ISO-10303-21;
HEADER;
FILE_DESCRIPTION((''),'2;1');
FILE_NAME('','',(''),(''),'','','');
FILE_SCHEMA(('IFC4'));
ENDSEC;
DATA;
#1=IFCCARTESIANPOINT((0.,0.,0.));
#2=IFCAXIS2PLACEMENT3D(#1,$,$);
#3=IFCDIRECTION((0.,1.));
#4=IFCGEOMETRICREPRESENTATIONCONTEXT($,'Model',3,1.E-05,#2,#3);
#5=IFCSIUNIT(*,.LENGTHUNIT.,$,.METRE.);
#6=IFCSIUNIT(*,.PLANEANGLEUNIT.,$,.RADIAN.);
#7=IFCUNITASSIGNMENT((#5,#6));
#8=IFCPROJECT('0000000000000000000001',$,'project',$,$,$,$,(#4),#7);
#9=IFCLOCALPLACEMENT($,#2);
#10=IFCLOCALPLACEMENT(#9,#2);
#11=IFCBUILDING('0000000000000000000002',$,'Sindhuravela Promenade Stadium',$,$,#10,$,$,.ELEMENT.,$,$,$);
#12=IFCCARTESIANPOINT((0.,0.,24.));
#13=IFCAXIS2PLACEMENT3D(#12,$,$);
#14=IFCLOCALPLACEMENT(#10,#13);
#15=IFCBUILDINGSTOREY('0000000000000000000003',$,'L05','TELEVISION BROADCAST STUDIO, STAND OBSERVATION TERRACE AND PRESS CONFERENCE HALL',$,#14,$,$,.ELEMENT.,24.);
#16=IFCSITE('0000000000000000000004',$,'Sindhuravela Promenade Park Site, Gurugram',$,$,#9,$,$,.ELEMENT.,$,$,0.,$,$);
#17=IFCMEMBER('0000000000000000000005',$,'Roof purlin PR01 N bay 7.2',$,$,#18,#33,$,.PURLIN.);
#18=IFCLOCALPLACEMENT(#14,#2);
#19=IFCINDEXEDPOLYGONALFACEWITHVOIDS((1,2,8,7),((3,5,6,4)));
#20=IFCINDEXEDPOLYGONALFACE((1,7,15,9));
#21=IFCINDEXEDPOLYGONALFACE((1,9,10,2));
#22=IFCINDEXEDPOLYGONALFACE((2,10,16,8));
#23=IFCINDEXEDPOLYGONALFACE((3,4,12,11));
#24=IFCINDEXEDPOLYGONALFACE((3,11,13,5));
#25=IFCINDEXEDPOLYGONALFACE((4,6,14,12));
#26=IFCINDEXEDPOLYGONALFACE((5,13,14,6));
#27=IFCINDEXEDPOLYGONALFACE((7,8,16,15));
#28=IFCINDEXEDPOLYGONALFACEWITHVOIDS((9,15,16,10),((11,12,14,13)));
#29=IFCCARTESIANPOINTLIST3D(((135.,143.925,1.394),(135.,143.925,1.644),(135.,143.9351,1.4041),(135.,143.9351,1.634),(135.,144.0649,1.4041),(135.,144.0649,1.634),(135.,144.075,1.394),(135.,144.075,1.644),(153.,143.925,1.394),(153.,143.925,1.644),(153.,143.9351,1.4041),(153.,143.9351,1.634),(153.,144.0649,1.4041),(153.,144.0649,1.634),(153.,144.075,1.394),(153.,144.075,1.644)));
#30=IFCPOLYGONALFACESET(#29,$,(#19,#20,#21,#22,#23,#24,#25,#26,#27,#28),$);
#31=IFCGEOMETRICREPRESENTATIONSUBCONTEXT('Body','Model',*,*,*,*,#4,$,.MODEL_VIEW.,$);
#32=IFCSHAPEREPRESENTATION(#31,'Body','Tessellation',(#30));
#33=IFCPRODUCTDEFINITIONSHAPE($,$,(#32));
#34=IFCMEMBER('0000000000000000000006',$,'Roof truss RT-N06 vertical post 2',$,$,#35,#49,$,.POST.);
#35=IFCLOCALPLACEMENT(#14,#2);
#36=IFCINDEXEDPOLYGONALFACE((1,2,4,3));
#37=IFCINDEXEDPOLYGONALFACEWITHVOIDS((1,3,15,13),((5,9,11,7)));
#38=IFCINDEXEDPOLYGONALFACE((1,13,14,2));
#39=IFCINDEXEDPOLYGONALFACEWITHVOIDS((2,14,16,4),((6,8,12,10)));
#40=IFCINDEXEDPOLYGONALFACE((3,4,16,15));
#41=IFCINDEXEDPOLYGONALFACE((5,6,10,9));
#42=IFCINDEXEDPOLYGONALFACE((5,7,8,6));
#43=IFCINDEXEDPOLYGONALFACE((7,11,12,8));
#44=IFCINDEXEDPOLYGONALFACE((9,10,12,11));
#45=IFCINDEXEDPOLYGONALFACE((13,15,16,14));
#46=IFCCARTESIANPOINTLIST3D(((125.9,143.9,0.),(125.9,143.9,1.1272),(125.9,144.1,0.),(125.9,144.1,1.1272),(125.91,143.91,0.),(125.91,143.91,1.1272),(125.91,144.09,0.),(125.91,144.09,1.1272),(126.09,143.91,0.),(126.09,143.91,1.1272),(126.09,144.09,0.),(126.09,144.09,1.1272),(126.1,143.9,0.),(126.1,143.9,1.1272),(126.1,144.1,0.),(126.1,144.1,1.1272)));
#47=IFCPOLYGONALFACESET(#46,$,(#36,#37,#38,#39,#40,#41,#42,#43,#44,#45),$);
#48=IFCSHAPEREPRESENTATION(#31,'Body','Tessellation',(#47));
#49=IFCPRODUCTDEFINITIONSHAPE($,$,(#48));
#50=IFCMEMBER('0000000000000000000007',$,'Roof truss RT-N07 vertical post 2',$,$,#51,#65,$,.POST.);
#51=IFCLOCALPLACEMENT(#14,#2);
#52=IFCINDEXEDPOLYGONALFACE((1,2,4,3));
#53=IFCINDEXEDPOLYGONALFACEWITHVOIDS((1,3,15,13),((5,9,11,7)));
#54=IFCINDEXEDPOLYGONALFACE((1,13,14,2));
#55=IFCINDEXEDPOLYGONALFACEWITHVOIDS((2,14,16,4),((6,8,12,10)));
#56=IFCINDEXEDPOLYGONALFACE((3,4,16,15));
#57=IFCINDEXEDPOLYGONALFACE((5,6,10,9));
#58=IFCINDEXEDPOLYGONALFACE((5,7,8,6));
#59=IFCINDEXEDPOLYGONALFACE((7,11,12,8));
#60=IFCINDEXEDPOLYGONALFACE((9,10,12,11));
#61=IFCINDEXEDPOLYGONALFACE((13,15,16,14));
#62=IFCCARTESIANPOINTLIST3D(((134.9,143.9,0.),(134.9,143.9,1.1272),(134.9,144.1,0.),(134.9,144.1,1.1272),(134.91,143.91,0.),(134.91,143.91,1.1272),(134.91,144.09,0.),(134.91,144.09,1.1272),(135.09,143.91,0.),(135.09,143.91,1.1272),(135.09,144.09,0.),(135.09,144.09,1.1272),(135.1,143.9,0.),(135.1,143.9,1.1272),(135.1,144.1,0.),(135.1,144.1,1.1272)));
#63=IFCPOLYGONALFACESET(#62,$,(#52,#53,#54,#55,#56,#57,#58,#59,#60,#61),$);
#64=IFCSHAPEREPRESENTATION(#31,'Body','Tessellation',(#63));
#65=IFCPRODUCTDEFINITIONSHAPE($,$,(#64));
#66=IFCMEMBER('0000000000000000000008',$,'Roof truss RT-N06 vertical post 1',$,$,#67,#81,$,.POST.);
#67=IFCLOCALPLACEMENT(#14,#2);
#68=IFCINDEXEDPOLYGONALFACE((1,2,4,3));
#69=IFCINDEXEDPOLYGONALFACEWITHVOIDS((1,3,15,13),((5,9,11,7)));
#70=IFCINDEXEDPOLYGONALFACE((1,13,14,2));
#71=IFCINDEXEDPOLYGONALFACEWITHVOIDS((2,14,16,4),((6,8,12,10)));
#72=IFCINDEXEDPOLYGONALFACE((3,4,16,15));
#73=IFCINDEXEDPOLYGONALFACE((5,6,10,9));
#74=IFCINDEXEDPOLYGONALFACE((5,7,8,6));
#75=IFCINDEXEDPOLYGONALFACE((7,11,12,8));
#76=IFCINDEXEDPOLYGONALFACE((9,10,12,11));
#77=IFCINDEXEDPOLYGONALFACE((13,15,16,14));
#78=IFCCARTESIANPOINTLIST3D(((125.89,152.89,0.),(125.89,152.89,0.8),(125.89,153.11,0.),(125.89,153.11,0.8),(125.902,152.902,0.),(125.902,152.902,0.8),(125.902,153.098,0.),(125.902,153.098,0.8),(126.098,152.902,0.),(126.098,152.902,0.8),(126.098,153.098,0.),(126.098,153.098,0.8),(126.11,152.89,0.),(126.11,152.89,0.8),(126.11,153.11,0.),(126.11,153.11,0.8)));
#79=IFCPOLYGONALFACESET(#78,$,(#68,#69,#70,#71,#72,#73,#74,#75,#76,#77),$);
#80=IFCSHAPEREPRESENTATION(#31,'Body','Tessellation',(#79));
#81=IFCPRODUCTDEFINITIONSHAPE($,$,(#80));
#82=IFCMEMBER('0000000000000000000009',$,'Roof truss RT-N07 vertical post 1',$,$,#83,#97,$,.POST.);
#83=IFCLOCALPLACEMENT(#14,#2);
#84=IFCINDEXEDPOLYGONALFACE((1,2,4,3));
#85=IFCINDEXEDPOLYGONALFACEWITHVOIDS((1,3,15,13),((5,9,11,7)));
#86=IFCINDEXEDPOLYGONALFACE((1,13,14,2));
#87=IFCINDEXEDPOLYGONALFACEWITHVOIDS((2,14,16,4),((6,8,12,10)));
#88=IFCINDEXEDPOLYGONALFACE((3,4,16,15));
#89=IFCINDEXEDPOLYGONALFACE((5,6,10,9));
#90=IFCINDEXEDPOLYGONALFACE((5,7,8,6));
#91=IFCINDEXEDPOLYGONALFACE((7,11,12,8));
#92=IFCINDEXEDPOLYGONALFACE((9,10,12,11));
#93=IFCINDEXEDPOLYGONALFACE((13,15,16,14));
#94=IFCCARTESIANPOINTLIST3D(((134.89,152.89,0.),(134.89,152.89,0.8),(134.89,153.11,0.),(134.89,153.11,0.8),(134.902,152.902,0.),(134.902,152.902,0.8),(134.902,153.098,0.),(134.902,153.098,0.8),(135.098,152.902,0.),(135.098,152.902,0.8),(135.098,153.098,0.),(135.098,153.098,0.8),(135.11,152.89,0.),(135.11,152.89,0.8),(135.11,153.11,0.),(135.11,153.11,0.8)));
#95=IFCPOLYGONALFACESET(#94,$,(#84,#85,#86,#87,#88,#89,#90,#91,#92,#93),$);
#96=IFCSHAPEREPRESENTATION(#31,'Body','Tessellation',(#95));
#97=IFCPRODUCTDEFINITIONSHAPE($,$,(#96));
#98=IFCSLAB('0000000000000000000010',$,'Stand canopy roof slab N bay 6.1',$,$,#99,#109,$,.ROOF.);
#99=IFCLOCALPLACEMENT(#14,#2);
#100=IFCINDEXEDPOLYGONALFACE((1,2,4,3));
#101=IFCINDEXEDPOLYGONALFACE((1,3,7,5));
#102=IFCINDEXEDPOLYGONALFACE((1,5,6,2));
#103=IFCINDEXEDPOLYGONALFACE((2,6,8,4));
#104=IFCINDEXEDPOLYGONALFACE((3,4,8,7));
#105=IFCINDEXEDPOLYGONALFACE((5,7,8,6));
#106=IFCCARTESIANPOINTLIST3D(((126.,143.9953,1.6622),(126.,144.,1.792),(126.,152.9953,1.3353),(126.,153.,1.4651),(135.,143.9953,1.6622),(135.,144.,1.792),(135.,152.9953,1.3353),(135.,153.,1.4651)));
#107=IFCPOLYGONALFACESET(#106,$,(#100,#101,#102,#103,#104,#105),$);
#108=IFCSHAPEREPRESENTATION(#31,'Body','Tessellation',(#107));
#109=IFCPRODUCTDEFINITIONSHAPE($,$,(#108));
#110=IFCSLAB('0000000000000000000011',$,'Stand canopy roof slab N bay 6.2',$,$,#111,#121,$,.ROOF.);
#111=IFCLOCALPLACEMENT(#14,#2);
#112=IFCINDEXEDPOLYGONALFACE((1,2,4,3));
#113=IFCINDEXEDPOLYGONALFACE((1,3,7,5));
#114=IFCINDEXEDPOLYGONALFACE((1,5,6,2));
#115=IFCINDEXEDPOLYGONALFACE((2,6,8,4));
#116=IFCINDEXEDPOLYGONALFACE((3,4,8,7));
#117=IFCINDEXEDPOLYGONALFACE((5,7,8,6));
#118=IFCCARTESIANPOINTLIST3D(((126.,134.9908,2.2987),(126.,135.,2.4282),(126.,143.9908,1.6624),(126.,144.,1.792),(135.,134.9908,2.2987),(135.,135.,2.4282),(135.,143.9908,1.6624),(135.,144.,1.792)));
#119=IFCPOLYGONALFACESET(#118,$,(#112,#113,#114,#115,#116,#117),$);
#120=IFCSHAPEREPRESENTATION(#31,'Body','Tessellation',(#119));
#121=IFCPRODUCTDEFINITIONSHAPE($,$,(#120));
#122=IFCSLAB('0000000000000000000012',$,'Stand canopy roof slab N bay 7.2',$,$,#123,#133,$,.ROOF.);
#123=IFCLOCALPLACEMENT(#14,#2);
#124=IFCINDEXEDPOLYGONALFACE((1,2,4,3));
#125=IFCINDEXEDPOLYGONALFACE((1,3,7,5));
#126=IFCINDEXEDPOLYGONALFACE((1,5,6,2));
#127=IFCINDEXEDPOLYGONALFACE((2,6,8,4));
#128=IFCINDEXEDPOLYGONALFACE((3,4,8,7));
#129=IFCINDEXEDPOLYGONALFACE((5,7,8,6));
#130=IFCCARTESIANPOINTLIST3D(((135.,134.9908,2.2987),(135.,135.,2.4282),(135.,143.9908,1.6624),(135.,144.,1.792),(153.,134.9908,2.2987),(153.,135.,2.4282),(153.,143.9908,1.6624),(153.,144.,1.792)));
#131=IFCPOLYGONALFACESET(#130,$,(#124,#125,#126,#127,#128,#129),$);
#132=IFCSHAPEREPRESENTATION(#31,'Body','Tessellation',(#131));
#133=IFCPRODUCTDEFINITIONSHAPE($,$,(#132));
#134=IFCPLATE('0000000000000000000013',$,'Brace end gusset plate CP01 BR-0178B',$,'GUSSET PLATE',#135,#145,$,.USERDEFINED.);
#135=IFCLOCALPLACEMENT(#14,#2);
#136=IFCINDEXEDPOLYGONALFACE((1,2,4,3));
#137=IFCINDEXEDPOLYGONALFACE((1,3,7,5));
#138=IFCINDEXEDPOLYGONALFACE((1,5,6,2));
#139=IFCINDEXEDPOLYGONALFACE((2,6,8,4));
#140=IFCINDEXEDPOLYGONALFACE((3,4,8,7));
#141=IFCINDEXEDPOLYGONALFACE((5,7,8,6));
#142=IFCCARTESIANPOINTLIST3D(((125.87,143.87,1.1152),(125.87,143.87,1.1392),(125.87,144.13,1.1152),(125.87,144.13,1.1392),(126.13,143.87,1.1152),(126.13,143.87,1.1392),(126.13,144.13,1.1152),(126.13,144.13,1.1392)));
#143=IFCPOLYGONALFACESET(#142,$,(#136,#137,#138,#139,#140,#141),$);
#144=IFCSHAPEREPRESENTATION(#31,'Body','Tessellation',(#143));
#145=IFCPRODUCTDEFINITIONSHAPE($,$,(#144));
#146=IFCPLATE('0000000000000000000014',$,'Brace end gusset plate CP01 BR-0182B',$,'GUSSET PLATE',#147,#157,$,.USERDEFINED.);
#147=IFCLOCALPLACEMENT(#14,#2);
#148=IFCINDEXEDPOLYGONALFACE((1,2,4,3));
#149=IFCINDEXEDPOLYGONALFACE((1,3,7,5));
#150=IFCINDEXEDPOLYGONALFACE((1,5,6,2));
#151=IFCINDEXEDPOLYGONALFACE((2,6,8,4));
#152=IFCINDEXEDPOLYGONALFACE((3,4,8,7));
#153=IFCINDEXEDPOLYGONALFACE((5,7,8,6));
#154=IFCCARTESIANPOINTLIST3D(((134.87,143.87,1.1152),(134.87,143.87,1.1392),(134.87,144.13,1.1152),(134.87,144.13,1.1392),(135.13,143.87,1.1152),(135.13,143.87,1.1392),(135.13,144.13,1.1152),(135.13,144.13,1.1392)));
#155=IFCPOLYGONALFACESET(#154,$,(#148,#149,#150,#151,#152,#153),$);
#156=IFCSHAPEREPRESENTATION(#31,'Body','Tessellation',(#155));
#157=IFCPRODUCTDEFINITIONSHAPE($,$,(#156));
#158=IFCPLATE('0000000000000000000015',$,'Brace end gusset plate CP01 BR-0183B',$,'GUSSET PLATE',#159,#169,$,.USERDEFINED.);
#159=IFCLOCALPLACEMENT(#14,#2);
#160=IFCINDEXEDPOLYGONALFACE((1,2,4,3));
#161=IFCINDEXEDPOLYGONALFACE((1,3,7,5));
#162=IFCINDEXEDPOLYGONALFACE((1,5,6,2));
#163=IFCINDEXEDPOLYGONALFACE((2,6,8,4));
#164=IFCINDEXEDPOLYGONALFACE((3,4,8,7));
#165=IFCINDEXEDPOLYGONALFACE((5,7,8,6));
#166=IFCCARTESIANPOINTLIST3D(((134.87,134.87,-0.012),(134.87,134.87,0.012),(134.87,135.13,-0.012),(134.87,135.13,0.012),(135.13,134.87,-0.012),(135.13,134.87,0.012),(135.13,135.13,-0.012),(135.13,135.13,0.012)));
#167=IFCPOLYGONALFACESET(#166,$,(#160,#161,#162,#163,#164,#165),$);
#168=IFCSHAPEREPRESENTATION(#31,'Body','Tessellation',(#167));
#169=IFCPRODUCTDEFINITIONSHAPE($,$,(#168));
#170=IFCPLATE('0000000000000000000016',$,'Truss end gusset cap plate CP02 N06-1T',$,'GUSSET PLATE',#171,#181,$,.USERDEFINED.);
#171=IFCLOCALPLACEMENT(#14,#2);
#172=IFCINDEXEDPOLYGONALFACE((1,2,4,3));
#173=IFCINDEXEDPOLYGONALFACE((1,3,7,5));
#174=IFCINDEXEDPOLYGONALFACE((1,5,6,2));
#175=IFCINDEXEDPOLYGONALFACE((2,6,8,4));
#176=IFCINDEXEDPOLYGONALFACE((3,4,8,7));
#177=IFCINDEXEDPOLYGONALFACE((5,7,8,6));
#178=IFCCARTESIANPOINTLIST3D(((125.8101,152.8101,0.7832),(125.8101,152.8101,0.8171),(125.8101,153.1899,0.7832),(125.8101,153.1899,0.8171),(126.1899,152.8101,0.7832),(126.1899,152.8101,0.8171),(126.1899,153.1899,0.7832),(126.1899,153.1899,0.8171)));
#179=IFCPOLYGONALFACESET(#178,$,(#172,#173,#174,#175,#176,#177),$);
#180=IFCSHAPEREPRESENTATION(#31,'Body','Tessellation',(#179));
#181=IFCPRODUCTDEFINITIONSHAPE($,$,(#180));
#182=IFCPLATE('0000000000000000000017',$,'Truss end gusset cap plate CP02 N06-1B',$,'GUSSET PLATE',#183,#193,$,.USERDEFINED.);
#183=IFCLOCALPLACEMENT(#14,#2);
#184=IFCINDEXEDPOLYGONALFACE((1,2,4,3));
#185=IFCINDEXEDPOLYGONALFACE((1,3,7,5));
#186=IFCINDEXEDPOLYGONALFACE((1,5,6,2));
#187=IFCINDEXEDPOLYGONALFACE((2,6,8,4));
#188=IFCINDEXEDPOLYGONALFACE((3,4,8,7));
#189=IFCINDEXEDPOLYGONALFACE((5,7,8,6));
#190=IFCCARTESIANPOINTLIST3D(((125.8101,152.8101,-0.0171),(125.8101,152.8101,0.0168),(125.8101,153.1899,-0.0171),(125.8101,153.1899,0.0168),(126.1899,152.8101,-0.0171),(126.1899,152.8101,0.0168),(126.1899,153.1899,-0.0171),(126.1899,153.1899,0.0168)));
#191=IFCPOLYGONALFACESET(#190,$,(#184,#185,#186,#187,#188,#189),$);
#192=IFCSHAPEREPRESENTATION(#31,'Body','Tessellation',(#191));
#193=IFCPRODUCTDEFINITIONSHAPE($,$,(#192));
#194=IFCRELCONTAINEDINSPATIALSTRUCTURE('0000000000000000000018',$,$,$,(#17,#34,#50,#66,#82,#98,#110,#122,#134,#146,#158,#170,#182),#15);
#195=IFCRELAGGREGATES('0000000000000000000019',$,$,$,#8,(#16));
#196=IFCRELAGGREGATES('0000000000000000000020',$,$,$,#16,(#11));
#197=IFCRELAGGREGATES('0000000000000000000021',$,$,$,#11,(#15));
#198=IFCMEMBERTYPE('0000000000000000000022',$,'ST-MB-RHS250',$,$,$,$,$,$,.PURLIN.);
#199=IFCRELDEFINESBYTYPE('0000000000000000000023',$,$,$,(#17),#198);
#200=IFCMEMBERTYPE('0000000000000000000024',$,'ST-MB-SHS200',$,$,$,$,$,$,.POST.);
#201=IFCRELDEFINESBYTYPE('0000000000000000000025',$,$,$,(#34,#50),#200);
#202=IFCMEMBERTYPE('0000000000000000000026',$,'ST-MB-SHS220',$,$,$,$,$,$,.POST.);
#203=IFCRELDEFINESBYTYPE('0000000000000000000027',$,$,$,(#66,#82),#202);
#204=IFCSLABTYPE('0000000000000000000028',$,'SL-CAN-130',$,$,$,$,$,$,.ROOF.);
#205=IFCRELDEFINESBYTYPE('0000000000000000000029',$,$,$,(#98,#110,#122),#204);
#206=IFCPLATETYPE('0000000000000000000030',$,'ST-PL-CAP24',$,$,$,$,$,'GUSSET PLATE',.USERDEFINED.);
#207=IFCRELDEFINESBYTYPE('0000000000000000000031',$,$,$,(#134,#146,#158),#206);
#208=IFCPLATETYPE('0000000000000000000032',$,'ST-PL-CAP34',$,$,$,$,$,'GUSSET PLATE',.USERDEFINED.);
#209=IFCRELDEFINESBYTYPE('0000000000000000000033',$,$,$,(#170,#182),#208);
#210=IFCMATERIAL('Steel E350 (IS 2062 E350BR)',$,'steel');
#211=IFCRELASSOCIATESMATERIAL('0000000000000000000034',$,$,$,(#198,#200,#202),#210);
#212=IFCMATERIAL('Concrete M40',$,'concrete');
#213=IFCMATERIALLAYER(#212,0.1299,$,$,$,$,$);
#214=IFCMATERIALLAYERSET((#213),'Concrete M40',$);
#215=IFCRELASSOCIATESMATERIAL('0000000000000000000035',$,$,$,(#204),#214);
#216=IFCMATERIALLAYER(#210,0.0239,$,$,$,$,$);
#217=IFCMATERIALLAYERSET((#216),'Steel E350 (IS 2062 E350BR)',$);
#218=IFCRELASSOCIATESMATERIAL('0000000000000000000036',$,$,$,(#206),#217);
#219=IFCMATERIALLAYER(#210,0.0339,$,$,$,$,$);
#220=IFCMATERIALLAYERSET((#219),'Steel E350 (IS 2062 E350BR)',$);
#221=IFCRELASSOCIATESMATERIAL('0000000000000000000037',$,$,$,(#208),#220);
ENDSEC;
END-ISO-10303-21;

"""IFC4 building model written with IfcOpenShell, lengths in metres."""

from ifc_helpers import new_model, si_unit, direction, frame, origin, origin_2d, place, context, subcontext, project, spatial, polyline, rectangle, hollow_rectangle, outline, extrude, material, layer, layer_set, material_profile, profile_set, type_object, element, save


model = new_model("IFC4")

# Units and contexts
model_context = context("Model", 3, precision=1e-05, world=origin(), true_north=direction((0.0, 1.0)))
body_context = subcontext(model_context, "Body", "Model", "MODEL_VIEW")
ifc_project = project(units=[si_unit("LENGTHUNIT", "METRE"), si_unit("PLANEANGLEUNIT", "RADIAN")], contexts=[model_context])

# Site, building, storey
site_placement = place(None, origin())
site = spatial("IfcSite", under=ifc_project, at=site_placement, Name="Sindhuravela Promenade Park Site, Gurugram", CompositionType="ELEMENT", RefElevation=0.0)
building_placement = place(site_placement, origin())
building = spatial("IfcBuilding", under=site, at=building_placement, Name="Sindhuravela Promenade Stadium", CompositionType="ELEMENT")
storey_placement = place(building_placement, frame((0.0, 0.0, 24.0)))
storey = spatial("IfcBuildingStorey", under=building, at=storey_placement, Name="L05", Description="TELEVISION BROADCAST STUDIO, STAND OBSERVATION TERRACE AND PRESS CONFERENCE HALL", CompositionType="ELEMENT", Elevation=24.0)

# Shared definitions
ifc_material_1 = material(Name="Steel E350 (IS 2062 E350BR)", Category="steel")

# Members
ifc_material_profile_1 = material_profile(ifc_material_1, hollow_rectangle(XDim=0.1499, YDim=0.25, WallThickness=0.01, at=origin_2d()), Name="RHS 250x150x10")
ifc_profile_set_1 = profile_set([ifc_material_profile_1], Name="Steel E350 (IS 2062 E350BR)")
member_type_1 = type_object("IfcMemberType", Name="ST-MB-RHS250", PredefinedType="PURLIN", material=ifc_profile_set_1)
member_placement = place(storey_placement, frame((135.0, 144.0, 1.519), z_axis=(1.0, 0.0, 0.0), x_axis=(0.0, 1.0, 0.0)))
element("IfcMember", 1, at=member_placement, inside=storey, type_object=member_type_1, Name="Roof purlin PR01 N bay 7.2", PredefinedType="PURLIN", context=body_context, shape_type="SweptSolid", body=[
    extrude(hollow_rectangle(XDim=0.1499, YDim=0.25, WallThickness=0.01, at=origin_2d()), origin(), (0.0, 0.0, 1.0), 18.0),
])
ifc_material_profile_2 = material_profile(ifc_material_1, hollow_rectangle(XDim=0.2, YDim=0.2, WallThickness=0.01, at=origin_2d()), Name="SHS 200x200x10")
ifc_profile_set_2 = profile_set([ifc_material_profile_2], Name="Steel E350 (IS 2062 E350BR)")
member_type_2 = type_object("IfcMemberType", Name="ST-MB-SHS200", PredefinedType="POST", material=ifc_profile_set_2)
for number, where, z_axis, x_axis, name in (
    (2, (126.0, 144.0, 0.0), (0.0, 0.0, 1.0), (1.0, 0.0, 0.0), "Roof truss RT-N06 vertical post 2"),
    (3, (135.0, 144.0, 0.0), (0.0, 0.0, 1.0), (1.0, 0.0, 0.0), "Roof truss RT-N07 vertical post 2"),
):
    element("IfcMember", number, at=place(storey_placement, frame(where, z_axis=z_axis, x_axis=x_axis)), inside=storey, type_object=member_type_2, Name=name, PredefinedType="POST", context=body_context, shape_type="SweptSolid", body=[
        extrude(hollow_rectangle(XDim=0.2, YDim=0.2, WallThickness=0.01, at=origin_2d()), origin(), (0.0, 0.0, 1.0), 1.1272),
    ])
ifc_material_profile_3 = material_profile(ifc_material_1, hollow_rectangle(XDim=0.22, YDim=0.22, WallThickness=0.012, at=origin_2d()), Name="SHS 220x220x12")
ifc_profile_set_3 = profile_set([ifc_material_profile_3], Name="Steel E350 (IS 2062 E350BR)")
member_type_3 = type_object("IfcMemberType", Name="ST-MB-SHS220", PredefinedType="POST", material=ifc_profile_set_3)
for number, where, z_axis, x_axis, name in (
    (4, (126.0, 153.0, 0.0), (0.0, 0.0, 1.0), (1.0, 0.0, 0.0), "Roof truss RT-N06 vertical post 1"),
    (5, (135.0, 153.0, 0.0), (0.0, 0.0, 1.0), (1.0, 0.0, 0.0), "Roof truss RT-N07 vertical post 1"),
):
    element("IfcMember", number, at=place(storey_placement, frame(where, z_axis=z_axis, x_axis=x_axis)), inside=storey, type_object=member_type_3, Name=name, PredefinedType="POST", context=body_context, shape_type="SweptSolid", body=[
        extrude(hollow_rectangle(XDim=0.22, YDim=0.22, WallThickness=0.012, at=origin_2d()), origin(), (0.0, 0.0, 1.0), 0.8),
    ])

# Slabs
ifc_material_2 = material(Name="Concrete M40", Category="concrete")
ifc_layer_1 = layer(ifc_material_2, 0.1299)
ifc_layer_set_1 = layer_set([ifc_layer_1], Name="Concrete M40")
slab_type = type_object("IfcSlabType", Name="SL-CAN-130", PredefinedType="ROOF", material=ifc_layer_set_1)
slab_1_placement = place(storey_placement, frame((126.0, 153.0, 1.4651), z_axis=(0.0, 0.036299, 0.999341), x_axis=(1.0, 0.0, 0.0)))
element("IfcSlab", 6, at=slab_1_placement, inside=storey, type_object=slab_type, Name="Stand canopy roof slab N bay 6.1", PredefinedType="ROOF", context=body_context, shape_type="SweptSolid", body=[
    extrude(outline(polyline([(0.0, 0.0), (0.0, -9.0059), (9.0, -9.0059), (9.0, 0.0), (0.0, 0.0)])), origin(), (0.0, 0.0, -1.0), 0.1299),
])
slab_2_placement = place(storey_placement, frame((126.0, 144.0, 1.792), z_axis=(0.0, 0.070516, 0.997511), x_axis=(1.0, 0.0, 0.0)))
element("IfcSlab", 7, at=slab_2_placement, inside=storey, type_object=slab_type, Name="Stand canopy roof slab N bay 6.2", PredefinedType="ROOF", context=body_context, shape_type="SweptSolid", body=[
    extrude(outline(polyline([(0.0, 0.0), (0.0, -9.0225), (9.0, -9.0225), (9.0, 0.0), (0.0, 0.0)])), origin(), (0.0, 0.0, -1.0), 0.1299),
])
slab_3_placement = place(storey_placement, frame((135.0, 144.0, 1.792), z_axis=(0.0, 0.070516, 0.997511), x_axis=(1.0, 0.0, 0.0)))
element("IfcSlab", 8, at=slab_3_placement, inside=storey, type_object=slab_type, Name="Stand canopy roof slab N bay 7.2", PredefinedType="ROOF", context=body_context, shape_type="SweptSolid", body=[
    extrude(outline(polyline([(0.0, 0.0), (0.0, -9.0225), (18.0, -9.0225), (18.0, 0.0), (0.0, 0.0)])), origin(), (0.0, 0.0, -1.0), 0.1299),
])

# Plates
ifc_layer_2 = layer(ifc_material_1, 0.0239)
ifc_layer_set_2 = layer_set([ifc_layer_2], Name="Steel E350 (IS 2062 E350BR)")
plate_type_1 = type_object("IfcPlateType", Name="ST-PL-CAP24", ElementType="GUSSET PLATE", PredefinedType="USERDEFINED", material=ifc_layer_set_2)
for number, where, z_axis, x_axis, name in (
    (9, (126.0, 144.0, 1.1152), (0.0, 0.0, 1.0), (1.0, 0.0, 0.0), "Brace end gusset plate CP01 BR-0178B"),
    (10, (135.0, 144.0, 1.1152), (0.0, 0.0, 1.0), (1.0, 0.0, 0.0), "Brace end gusset plate CP01 BR-0182B"),
    (11, (135.0, 135.0, -0.012), (0.0, 0.0, 1.0), (1.0, 0.0, 0.0), "Brace end gusset plate CP01 BR-0183B"),
):
    element("IfcPlate", number, at=place(storey_placement, frame(where, z_axis=z_axis, x_axis=x_axis)), inside=storey, type_object=plate_type_1, Name=name, ObjectType="GUSSET PLATE", PredefinedType="USERDEFINED", context=body_context, shape_type="SweptSolid", body=[
        extrude(rectangle(XDim=0.26, YDim=0.26, at=origin_2d()), origin(), (0.0, 0.0, 1.0), 0.0239),
    ])
ifc_layer_3 = layer(ifc_material_1, 0.0339)
ifc_layer_set_3 = layer_set([ifc_layer_3], Name="Steel E350 (IS 2062 E350BR)")
plate_type_2 = type_object("IfcPlateType", Name="ST-PL-CAP34", ElementType="GUSSET PLATE", PredefinedType="USERDEFINED", material=ifc_layer_set_3)
for number, where, z_axis, x_axis, name in (
    (12, (126.0, 153.0, 0.7832), (0.0, 0.0, 1.0), (1.0, 0.0, 0.0), "Truss end gusset cap plate CP02 N06-1T"),
    (13, (126.0, 153.0, -0.0171), (0.0, 0.0, 1.0), (1.0, 0.0, 0.0), "Truss end gusset cap plate CP02 N06-1B"),
):
    element("IfcPlate", number, at=place(storey_placement, frame(where, z_axis=z_axis, x_axis=x_axis)), inside=storey, type_object=plate_type_2, Name=name, ObjectType="GUSSET PLATE", PredefinedType="USERDEFINED", context=body_context, shape_type="SweptSolid", body=[
        extrude(rectangle(XDim=0.3799, YDim=0.3799, at=origin_2d()), origin(), (0.0, 0.0, 1.0), 0.0339),
    ])

save(model, "model.ifc")
